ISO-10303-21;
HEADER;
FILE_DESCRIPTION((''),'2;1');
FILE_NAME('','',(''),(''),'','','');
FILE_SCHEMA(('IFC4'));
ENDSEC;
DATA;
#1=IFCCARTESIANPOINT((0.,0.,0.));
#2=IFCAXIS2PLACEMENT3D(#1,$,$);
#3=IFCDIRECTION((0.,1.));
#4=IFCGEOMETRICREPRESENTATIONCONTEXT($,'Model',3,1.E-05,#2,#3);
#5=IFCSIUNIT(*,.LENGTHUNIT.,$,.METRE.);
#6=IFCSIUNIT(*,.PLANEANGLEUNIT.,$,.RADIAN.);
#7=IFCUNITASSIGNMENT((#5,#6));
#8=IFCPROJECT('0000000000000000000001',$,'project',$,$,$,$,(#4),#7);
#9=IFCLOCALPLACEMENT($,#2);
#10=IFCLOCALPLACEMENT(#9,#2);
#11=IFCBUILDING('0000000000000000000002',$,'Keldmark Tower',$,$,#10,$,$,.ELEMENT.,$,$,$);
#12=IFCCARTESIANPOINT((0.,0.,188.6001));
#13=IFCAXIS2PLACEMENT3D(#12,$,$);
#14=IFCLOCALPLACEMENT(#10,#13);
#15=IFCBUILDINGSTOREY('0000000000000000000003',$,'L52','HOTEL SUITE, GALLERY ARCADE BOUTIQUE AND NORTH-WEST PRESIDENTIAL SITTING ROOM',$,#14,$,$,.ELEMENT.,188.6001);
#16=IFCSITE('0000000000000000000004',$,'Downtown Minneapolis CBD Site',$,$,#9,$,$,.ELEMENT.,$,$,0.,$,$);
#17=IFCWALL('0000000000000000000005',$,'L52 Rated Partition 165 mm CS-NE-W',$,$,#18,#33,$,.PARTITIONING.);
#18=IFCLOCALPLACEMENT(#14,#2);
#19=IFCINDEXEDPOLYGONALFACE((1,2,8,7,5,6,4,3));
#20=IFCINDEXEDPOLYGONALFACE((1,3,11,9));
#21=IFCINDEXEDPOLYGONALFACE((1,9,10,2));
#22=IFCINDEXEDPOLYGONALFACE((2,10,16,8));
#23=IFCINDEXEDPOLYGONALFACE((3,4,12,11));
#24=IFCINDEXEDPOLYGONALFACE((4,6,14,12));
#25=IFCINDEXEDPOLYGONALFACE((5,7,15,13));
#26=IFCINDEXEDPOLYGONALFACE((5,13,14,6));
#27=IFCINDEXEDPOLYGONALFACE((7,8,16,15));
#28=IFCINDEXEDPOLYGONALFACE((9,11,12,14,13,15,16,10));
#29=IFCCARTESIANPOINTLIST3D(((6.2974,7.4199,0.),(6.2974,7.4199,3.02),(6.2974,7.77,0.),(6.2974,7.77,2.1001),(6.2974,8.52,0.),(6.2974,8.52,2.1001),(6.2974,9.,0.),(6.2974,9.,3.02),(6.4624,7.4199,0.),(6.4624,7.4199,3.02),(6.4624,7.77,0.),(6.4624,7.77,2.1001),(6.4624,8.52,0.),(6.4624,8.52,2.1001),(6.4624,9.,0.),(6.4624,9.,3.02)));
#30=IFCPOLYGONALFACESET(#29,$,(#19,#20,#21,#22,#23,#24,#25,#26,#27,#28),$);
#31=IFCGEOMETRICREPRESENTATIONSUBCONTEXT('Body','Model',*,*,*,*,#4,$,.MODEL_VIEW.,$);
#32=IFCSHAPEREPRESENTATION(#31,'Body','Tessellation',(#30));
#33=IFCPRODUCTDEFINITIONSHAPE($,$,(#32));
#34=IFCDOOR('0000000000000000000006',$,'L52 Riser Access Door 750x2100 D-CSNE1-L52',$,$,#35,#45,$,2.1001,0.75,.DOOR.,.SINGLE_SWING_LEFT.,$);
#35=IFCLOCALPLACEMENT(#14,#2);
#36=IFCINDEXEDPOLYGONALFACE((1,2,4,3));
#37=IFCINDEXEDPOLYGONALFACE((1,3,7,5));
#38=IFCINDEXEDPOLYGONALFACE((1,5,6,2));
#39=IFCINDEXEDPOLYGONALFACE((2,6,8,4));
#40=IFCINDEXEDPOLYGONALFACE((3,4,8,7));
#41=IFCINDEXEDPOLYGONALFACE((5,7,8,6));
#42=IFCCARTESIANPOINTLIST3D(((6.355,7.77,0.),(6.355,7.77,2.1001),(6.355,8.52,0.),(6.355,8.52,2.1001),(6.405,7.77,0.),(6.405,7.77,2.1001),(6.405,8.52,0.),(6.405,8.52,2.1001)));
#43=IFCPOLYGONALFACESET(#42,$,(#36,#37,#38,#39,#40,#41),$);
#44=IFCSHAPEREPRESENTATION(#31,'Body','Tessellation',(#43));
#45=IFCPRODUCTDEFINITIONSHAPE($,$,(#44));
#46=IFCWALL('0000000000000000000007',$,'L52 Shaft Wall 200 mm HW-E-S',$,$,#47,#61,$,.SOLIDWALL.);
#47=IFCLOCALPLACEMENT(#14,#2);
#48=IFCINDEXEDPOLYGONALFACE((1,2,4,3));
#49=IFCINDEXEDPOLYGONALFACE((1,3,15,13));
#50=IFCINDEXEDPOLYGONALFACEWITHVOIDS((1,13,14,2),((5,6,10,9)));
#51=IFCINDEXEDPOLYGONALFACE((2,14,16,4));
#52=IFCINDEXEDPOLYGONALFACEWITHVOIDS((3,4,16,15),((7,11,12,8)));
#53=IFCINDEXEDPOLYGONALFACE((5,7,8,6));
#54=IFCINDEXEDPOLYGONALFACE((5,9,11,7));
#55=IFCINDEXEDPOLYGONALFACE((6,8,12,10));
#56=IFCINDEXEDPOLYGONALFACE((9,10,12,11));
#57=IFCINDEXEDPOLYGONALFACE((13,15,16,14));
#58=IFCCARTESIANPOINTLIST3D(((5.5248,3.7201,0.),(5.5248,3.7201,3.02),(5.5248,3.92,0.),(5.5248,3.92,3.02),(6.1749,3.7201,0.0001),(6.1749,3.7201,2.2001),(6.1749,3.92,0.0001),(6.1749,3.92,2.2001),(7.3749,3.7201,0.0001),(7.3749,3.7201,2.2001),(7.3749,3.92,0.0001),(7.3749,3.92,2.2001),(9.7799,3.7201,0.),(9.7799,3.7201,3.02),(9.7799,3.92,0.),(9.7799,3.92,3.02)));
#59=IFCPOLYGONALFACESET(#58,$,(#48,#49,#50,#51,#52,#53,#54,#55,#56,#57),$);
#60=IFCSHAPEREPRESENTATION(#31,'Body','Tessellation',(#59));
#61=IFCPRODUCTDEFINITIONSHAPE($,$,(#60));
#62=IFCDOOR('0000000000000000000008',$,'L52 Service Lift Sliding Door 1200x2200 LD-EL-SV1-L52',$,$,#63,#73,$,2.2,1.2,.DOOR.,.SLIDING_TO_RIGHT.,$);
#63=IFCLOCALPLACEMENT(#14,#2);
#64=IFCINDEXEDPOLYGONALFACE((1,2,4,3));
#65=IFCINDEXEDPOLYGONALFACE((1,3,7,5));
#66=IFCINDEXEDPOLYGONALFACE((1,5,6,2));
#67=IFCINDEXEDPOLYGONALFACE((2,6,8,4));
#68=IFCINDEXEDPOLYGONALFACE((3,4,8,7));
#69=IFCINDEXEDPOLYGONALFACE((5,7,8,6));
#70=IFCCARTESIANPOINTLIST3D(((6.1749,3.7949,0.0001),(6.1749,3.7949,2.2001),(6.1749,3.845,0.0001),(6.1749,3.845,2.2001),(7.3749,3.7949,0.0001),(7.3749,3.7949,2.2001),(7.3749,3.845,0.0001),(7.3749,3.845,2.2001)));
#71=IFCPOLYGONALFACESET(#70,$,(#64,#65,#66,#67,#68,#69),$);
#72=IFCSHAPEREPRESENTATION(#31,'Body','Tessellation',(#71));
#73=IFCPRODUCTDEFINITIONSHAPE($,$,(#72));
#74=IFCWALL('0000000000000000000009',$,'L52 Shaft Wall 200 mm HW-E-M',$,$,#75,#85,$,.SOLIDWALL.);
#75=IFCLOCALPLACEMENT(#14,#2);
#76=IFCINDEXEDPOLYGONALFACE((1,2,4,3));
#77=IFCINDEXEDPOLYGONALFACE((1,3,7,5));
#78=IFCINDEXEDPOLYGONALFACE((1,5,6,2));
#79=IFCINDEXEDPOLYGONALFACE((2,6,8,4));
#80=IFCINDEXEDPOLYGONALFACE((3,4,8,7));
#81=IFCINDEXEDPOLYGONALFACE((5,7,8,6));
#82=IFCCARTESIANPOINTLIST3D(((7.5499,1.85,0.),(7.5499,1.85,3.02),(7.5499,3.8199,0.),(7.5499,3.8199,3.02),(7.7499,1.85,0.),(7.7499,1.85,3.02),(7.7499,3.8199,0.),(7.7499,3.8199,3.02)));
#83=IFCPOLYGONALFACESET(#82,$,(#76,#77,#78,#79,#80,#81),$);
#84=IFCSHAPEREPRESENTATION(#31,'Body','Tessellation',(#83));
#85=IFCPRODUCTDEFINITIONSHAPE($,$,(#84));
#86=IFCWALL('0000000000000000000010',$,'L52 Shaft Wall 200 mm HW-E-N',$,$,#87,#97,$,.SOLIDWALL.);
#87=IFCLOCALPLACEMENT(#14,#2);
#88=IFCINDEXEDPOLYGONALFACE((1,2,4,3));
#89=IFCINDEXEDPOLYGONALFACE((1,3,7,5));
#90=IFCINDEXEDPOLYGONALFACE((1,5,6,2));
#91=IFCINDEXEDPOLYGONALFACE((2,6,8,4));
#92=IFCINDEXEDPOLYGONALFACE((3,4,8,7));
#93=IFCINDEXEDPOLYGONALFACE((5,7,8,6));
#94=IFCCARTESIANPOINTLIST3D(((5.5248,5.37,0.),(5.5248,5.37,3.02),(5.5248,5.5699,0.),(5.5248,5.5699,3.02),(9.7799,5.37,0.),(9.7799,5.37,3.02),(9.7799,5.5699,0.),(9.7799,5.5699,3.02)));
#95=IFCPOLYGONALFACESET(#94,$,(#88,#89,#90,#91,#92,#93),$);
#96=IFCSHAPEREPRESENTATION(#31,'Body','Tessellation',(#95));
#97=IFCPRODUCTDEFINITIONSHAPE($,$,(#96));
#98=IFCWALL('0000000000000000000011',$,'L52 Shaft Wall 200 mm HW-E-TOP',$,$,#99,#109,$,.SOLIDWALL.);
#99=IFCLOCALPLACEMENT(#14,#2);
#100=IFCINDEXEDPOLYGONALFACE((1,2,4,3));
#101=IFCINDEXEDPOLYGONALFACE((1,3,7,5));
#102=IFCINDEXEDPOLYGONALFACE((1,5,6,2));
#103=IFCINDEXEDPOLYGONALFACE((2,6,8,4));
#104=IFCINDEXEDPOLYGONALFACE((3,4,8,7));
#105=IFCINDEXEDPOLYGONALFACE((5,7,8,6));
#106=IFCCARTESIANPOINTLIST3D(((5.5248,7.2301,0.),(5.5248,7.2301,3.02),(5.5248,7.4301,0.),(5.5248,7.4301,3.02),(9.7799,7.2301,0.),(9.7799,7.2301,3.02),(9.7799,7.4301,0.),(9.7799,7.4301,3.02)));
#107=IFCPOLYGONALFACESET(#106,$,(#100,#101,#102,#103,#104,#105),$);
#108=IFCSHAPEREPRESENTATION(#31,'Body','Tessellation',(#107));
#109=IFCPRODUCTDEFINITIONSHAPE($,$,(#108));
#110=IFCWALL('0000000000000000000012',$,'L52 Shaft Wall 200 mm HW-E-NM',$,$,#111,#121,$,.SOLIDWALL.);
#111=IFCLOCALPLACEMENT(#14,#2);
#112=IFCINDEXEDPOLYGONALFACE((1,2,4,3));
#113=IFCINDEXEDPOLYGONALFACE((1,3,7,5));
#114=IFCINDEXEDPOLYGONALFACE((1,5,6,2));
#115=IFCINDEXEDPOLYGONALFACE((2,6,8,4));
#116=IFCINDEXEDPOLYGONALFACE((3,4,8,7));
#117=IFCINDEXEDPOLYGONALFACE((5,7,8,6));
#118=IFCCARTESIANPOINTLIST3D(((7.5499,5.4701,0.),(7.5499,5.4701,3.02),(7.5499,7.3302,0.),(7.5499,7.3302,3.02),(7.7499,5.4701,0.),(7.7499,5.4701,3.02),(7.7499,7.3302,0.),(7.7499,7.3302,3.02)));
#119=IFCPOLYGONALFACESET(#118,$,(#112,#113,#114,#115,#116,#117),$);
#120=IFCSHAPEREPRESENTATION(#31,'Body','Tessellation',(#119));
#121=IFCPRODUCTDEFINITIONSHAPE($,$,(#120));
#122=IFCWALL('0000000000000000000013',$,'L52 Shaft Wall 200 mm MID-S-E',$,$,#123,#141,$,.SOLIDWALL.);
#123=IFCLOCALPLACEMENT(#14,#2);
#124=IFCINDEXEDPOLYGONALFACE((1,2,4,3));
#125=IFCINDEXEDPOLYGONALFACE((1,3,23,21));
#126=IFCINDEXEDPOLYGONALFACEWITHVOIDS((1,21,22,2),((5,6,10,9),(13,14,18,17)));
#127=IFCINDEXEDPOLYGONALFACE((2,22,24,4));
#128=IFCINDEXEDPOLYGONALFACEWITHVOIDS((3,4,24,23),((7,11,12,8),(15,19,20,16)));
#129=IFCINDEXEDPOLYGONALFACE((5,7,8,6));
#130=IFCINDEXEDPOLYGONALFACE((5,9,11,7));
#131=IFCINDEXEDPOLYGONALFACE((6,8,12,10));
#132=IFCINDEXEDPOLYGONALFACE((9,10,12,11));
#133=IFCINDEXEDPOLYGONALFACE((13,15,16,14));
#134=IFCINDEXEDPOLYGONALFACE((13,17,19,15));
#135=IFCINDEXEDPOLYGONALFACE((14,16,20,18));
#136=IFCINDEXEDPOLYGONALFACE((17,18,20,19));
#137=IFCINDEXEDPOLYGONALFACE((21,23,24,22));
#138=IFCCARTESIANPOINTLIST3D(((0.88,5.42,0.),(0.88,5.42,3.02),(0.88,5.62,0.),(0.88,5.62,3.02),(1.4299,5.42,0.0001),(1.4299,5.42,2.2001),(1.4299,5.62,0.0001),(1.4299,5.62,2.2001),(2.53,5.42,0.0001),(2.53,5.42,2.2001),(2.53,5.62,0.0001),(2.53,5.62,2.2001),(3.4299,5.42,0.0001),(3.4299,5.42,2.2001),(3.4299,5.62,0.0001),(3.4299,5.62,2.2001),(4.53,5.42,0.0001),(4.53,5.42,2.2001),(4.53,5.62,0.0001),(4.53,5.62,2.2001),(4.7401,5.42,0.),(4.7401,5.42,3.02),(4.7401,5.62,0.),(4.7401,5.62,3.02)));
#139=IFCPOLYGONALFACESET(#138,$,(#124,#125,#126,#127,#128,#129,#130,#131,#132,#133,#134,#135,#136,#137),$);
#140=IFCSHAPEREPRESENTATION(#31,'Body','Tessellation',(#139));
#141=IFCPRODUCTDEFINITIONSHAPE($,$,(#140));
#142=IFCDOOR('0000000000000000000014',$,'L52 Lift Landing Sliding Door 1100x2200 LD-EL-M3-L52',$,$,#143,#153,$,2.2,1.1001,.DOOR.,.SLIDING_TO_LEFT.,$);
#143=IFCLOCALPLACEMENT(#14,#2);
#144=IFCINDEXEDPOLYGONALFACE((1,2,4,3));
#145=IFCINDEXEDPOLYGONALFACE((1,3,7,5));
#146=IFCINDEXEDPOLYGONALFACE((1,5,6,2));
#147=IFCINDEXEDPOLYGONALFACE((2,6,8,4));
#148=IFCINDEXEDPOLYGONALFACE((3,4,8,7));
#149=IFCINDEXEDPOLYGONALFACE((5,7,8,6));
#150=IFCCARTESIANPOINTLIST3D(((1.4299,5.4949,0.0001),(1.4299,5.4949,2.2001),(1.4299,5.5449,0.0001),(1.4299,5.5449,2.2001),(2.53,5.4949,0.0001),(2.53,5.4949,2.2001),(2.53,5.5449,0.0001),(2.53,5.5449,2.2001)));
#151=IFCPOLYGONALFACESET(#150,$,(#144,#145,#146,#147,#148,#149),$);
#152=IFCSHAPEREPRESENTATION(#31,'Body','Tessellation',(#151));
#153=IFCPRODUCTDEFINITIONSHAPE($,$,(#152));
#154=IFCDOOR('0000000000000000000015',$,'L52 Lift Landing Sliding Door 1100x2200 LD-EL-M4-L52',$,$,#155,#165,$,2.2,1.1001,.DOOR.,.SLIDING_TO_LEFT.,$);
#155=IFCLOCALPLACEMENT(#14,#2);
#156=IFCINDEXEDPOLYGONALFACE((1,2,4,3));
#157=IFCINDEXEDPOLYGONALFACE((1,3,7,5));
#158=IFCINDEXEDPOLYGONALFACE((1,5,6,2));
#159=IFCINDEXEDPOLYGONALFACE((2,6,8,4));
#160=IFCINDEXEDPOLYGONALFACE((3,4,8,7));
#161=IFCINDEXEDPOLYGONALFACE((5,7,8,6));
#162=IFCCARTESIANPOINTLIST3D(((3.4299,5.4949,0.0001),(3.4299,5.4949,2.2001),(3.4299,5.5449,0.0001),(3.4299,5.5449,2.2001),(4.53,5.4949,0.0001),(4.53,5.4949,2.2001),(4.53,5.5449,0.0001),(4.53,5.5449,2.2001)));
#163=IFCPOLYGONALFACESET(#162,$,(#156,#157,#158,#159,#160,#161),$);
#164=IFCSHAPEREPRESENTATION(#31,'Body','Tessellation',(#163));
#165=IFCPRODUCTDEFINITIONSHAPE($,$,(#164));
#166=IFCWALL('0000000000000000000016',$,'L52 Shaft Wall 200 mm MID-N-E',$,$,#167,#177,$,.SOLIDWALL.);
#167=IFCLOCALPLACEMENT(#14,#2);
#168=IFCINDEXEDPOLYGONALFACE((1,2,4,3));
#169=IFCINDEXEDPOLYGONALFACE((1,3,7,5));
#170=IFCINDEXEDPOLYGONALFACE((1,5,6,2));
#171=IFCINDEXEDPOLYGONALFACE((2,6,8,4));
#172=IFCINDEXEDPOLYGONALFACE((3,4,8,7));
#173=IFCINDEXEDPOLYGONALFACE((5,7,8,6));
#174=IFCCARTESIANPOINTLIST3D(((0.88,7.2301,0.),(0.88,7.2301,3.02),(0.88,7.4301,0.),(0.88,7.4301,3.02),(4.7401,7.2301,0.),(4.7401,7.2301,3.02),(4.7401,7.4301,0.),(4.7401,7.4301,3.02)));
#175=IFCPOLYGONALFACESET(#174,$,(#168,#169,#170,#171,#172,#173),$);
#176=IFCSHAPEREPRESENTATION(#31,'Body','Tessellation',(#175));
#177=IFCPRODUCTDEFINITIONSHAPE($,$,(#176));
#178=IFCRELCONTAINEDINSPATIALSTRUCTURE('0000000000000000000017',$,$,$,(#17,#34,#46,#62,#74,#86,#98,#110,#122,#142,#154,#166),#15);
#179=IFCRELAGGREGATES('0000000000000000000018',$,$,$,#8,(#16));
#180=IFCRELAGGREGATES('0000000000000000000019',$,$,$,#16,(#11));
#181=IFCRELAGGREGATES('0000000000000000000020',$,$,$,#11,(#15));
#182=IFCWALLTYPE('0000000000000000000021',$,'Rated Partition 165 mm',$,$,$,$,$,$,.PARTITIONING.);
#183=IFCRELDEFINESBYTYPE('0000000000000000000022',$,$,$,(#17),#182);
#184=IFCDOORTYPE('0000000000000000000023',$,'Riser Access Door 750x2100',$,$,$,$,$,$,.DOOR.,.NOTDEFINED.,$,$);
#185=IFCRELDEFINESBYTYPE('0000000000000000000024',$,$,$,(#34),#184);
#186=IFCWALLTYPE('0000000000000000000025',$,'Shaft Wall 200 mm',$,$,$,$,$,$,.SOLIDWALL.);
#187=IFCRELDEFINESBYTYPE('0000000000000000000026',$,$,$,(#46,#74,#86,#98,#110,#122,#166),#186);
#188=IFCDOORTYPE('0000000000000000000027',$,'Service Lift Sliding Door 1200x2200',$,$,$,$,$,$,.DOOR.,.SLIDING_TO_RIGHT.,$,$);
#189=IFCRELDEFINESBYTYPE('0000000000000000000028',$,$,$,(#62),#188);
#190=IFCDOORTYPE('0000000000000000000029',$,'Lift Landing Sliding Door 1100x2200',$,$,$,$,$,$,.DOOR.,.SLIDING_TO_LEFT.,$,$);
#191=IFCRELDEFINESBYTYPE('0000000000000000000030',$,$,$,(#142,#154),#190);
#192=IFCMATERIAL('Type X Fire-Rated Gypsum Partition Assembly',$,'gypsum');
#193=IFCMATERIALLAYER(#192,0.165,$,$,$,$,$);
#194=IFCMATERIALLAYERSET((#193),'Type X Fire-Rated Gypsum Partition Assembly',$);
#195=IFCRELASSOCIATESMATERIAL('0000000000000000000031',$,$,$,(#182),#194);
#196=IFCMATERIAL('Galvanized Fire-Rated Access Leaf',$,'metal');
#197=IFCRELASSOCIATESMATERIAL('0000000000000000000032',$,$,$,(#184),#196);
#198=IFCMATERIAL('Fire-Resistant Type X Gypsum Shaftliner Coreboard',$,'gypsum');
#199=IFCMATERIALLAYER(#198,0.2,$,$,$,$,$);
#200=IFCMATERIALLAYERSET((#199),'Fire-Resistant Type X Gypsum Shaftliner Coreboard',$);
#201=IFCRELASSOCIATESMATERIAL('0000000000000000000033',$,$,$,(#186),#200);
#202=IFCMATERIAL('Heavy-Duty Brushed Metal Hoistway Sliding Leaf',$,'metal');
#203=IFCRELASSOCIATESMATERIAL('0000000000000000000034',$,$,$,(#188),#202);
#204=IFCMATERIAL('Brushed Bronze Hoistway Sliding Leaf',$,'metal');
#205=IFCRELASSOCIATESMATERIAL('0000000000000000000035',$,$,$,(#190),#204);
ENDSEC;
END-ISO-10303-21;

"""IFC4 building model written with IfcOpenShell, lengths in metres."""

from ifc_helpers import new_model, si_unit, direction, frame, frame_2d, origin, place, context, subcontext, project, spatial, rectangle, extrude, material, layer, layer_set, type_object, element, fill, save


model = new_model("IFC4")

# Units and contexts
model_context = context("Model", 3, precision=1e-05, world=origin(), true_north=direction((0.0, 1.0)))
body_context = subcontext(model_context, "Body", "Model", "MODEL_VIEW")
ifc_project = project(units=[si_unit("LENGTHUNIT", "METRE"), si_unit("PLANEANGLEUNIT", "RADIAN")], contexts=[model_context])

# Site, building, storey
site_placement = place(None, origin())
site = spatial("IfcSite", under=ifc_project, at=site_placement, Name="Downtown Minneapolis CBD Site", CompositionType="ELEMENT", RefElevation=0.0)
building_placement = place(site_placement, origin())
building = spatial("IfcBuilding", under=site, at=building_placement, Name="Keldmark Tower", CompositionType="ELEMENT")
storey_placement = place(building_placement, frame((0.0, 0.0, 188.6001)))
storey = spatial("IfcBuildingStorey", under=building, at=storey_placement, Name="L52", Description="HOTEL SUITE, GALLERY ARCADE BOUTIQUE AND NORTH-WEST PRESIDENTIAL SITTING ROOM", CompositionType="ELEMENT", Elevation=188.6001)

# Shared definitions
ifc_material_1 = material(Name="Type X Fire-Rated Gypsum Partition Assembly", Category="gypsum")
ifc_layer_1 = layer(ifc_material_1, 0.165)
ifc_layer_set_1 = layer_set([ifc_layer_1], Name="Type X Fire-Rated Gypsum Partition Assembly")
wall_type_1 = type_object("IfcWallType", Name="Rated Partition 165 mm", PredefinedType="PARTITIONING", material=ifc_layer_set_1)

# Walls, openings, doors
wall_1_placement = place(storey_placement, frame((6.3799, 7.4199, 0.0), z_axis=(0.0, 0.0, 1.0), x_axis=(0.0, 1.0, 0.0)))
wall_1 = element("IfcWall", 1, at=wall_1_placement, inside=storey, type_object=wall_type_1, Name="L52 Rated Partition 165 mm CS-NE-W", PredefinedType="PARTITIONING", context=body_context, shape_type="SweptSolid", body=[
    extrude(rectangle(XDim=1.5801, YDim=0.165, at=frame_2d((0.79, 0.0))), origin(), (0.0, 0.0, 1.0), 3.02),
])
opening_1_placement = place(wall_1_placement, frame((0.3501, 0.0, 0.0)))
opening_1 = element("IfcOpeningElement", 2, at=opening_1_placement, cuts=wall_1, PredefinedType="OPENING", context=body_context, shape_type="SweptSolid", body=[
    extrude(rectangle(XDim=0.75, YDim=2.1001, at=frame_2d((0.375, 1.05))), frame((0.0, 0.0925, 0.0), z_axis=(0.0, -1.0, 0.0), x_axis=(1.0, 0.0, 0.0)), (0.0, 0.0, 1.0), 0.1851),
])
ifc_material_2 = material(Name="Galvanized Fire-Rated Access Leaf", Category="metal")
door_type_1 = type_object("IfcDoorType", Name="Riser Access Door 750x2100", OperationType="NOTDEFINED", PredefinedType="DOOR", material=ifc_material_2)
door_1_placement = place(opening_1_placement, origin())
door_1 = element("IfcDoor", 3, at=door_1_placement, inside=storey, type_object=door_type_1, Name="L52 Riser Access Door 750x2100 D-CSNE1-L52", OperationType="SINGLE_SWING_LEFT", OverallHeight=2.1001, OverallWidth=0.75, PredefinedType="DOOR", context=body_context, shape_type="SweptSolid", body=[
    extrude(rectangle(XDim=0.75, YDim=2.1001, at=frame_2d((0.375, 1.05))), frame((0.0, 0.0249, 0.0), z_axis=(0.0, -1.0, 0.0), x_axis=(1.0, 0.0, 0.0)), (0.0, 0.0, 1.0), 0.05),
])
fill(opening_1, door_1)
ifc_material_3 = material(Name="Fire-Resistant Type X Gypsum Shaftliner Coreboard", Category="gypsum")
ifc_layer_2 = layer(ifc_material_3, 0.2)
ifc_layer_set_2 = layer_set([ifc_layer_2], Name="Fire-Resistant Type X Gypsum Shaftliner Coreboard")
wall_type_2 = type_object("IfcWallType", Name="Shaft Wall 200 mm", PredefinedType="SOLIDWALL", material=ifc_layer_set_2)
wall_2_placement = place(storey_placement, frame((5.5249, 3.8201, 0.0), z_axis=(0.0, 0.0, 1.0), x_axis=(1.0, 0.0, 0.0)))
wall_2 = element("IfcWall", 4, at=wall_2_placement, inside=storey, type_object=wall_type_2, Name="L52 Shaft Wall 200 mm HW-E-S", PredefinedType="SOLIDWALL", context=body_context, shape_type="SweptSolid", body=[
    extrude(rectangle(XDim=4.2551, YDim=0.2, at=frame_2d((2.1274, 0.0))), origin(), (0.0, 0.0, 1.0), 3.02),
])
opening_2_placement = place(wall_2_placement, frame((0.6499, 0.0, 0.0)))
opening_2 = element("IfcOpeningElement", 5, at=opening_2_placement, cuts=wall_2, PredefinedType="OPENING", context=body_context, shape_type="SweptSolid", body=[
    extrude(rectangle(XDim=1.2, YDim=2.2, at=frame_2d((0.6001, 1.1001))), frame((0.0, 0.1099, 0.0), z_axis=(0.0, -1.0, 0.0), x_axis=(1.0, 0.0, 0.0)), (0.0, 0.0, 1.0), 0.22),
])
ifc_material_4 = material(Name="Heavy-Duty Brushed Metal Hoistway Sliding Leaf", Category="metal")
door_type_2 = type_object("IfcDoorType", Name="Service Lift Sliding Door 1200x2200", OperationType="SLIDING_TO_RIGHT", PredefinedType="DOOR", material=ifc_material_4)
door_2_placement = place(opening_2_placement, origin())
door_2 = element("IfcDoor", 6, at=door_2_placement, inside=storey, type_object=door_type_2, Name="L52 Service Lift Sliding Door 1200x2200 LD-EL-SV1-L52", OperationType="SLIDING_TO_RIGHT", OverallHeight=2.2, OverallWidth=1.2, PredefinedType="DOOR", context=body_context, shape_type="SweptSolid", body=[
    extrude(rectangle(XDim=1.2, YDim=2.2, at=frame_2d((0.6001, 1.1001))), frame((0.0, 0.0249, 0.0), z_axis=(0.0, -1.0, 0.0), x_axis=(1.0, 0.0, 0.0)), (0.0, 0.0, 1.0), 0.05),
])
fill(opening_2, door_2)

# Walls
wall_3_placement = place(storey_placement, frame((7.6499, 1.8501, 0.0), z_axis=(0.0, 0.0, 1.0), x_axis=(0.0, 1.0, 0.0)))
element("IfcWall", 7, at=wall_3_placement, inside=storey, type_object=wall_type_2, Name="L52 Shaft Wall 200 mm HW-E-M", PredefinedType="SOLIDWALL", context=body_context, shape_type="SweptSolid", body=[
    extrude(rectangle(XDim=1.97, YDim=0.2, at=frame_2d((0.9849, 0.0))), origin(), (0.0, 0.0, 1.0), 3.02),
])
for number, where, z_axis, x_axis, name in (
    (8, (5.5249, 5.47, 0.0), (0.0, 0.0, 1.0), (1.0, 0.0, 0.0), "L52 Shaft Wall 200 mm HW-E-N"),
    (9, (5.5249, 7.3301, 0.0), (0.0, 0.0, 1.0), (1.0, 0.0, 0.0), "L52 Shaft Wall 200 mm HW-E-TOP"),
):
    element("IfcWall", number, at=place(storey_placement, frame(where, z_axis=z_axis, x_axis=x_axis)), inside=storey, type_object=wall_type_2, Name=name, PredefinedType="SOLIDWALL", context=body_context, shape_type="SweptSolid", body=[
        extrude(rectangle(XDim=4.2551, YDim=0.2, at=frame_2d((2.1274, 0.0))), origin(), (0.0, 0.0, 1.0), 3.02),
    ])
wall_4_placement = place(storey_placement, frame((7.6499, 5.47, 0.0), z_axis=(0.0, 0.0, 1.0), x_axis=(0.0, 1.0, 0.0)))
element("IfcWall", 10, at=wall_4_placement, inside=storey, type_object=wall_type_2, Name="L52 Shaft Wall 200 mm HW-E-NM", PredefinedType="SOLIDWALL", context=body_context, shape_type="SweptSolid", body=[
    extrude(rectangle(XDim=1.8601, YDim=0.2, at=frame_2d((0.9302, 0.0))), origin(), (0.0, 0.0, 1.0), 3.02),
])

# Wall, openings, doors
wall_5_placement = place(storey_placement, frame((0.8799, 5.52, 0.0), z_axis=(0.0, 0.0, 1.0), x_axis=(1.0, 0.0, 0.0)))
wall_5 = element("IfcWall", 11, at=wall_5_placement, inside=storey, type_object=wall_type_2, Name="L52 Shaft Wall 200 mm MID-S-E", PredefinedType="SOLIDWALL", context=body_context, shape_type="SweptSolid", body=[
    extrude(rectangle(XDim=3.8601, YDim=0.2, at=frame_2d((1.9302, 0.0))), origin(), (0.0, 0.0, 1.0), 3.02),
])
opening_3_placement = place(wall_5_placement, frame((0.55, 0.0, 0.0)))
opening_3 = element("IfcOpeningElement", 12, at=opening_3_placement, cuts=wall_5, PredefinedType="OPENING", context=body_context, shape_type="SweptSolid", body=[
    extrude(rectangle(XDim=1.1001, YDim=2.2, at=frame_2d((0.55, 1.1001))), frame((0.0, 0.1099, 0.0), z_axis=(0.0, -1.0, 0.0), x_axis=(1.0, 0.0, 0.0)), (0.0, 0.0, 1.0), 0.22),
])
opening_4_placement = place(wall_5_placement, frame((2.55, 0.0, 0.0)))
opening_4 = element("IfcOpeningElement", 13, at=opening_4_placement, cuts=wall_5, PredefinedType="OPENING", context=body_context, shape_type="SweptSolid", body=[
    extrude(rectangle(XDim=1.1001, YDim=2.2, at=frame_2d((0.55, 1.1001))), frame((0.0, 0.1099, 0.0), z_axis=(0.0, -1.0, 0.0), x_axis=(1.0, 0.0, 0.0)), (0.0, 0.0, 1.0), 0.22),
])
ifc_material_5 = material(Name="Brushed Bronze Hoistway Sliding Leaf", Category="metal")
door_type_3 = type_object("IfcDoorType", Name="Lift Landing Sliding Door 1100x2200", OperationType="SLIDING_TO_LEFT", PredefinedType="DOOR", material=ifc_material_5)
door_3_placement = place(opening_3_placement, origin())
door_3 = element("IfcDoor", 14, at=door_3_placement, inside=storey, type_object=door_type_3, Name="L52 Lift Landing Sliding Door 1100x2200 LD-EL-M3-L52", OperationType="SLIDING_TO_LEFT", OverallHeight=2.2, OverallWidth=1.1001, PredefinedType="DOOR", context=body_context, shape_type="SweptSolid", body=[
    extrude(rectangle(XDim=1.1001, YDim=2.2, at=frame_2d((0.55, 1.1001))), frame((0.0, 0.0249, 0.0), z_axis=(0.0, -1.0, 0.0), x_axis=(1.0, 0.0, 0.0)), (0.0, 0.0, 1.0), 0.05),
])
fill(opening_3, door_3)
door_4_placement = place(opening_4_placement, origin())
door_4 = element("IfcDoor", 15, at=door_4_placement, inside=storey, type_object=door_type_3, Name="L52 Lift Landing Sliding Door 1100x2200 LD-EL-M4-L52", OperationType="SLIDING_TO_LEFT", OverallHeight=2.2, OverallWidth=1.1001, PredefinedType="DOOR", context=body_context, shape_type="SweptSolid", body=[
    extrude(rectangle(XDim=1.1001, YDim=2.2, at=frame_2d((0.55, 1.1001))), frame((0.0, 0.0249, 0.0), z_axis=(0.0, -1.0, 0.0), x_axis=(1.0, 0.0, 0.0)), (0.0, 0.0, 1.0), 0.05),
])
fill(opening_4, door_4)

# Wall
wall_6_placement = place(storey_placement, frame((0.8799, 7.3301, 0.0), z_axis=(0.0, 0.0, 1.0), x_axis=(1.0, 0.0, 0.0)))
element("IfcWall", 16, at=wall_6_placement, inside=storey, type_object=wall_type_2, Name="L52 Shaft Wall 200 mm MID-N-E", PredefinedType="SOLIDWALL", context=body_context, shape_type="SweptSolid", body=[
    extrude(rectangle(XDim=3.8601, YDim=0.2, at=frame_2d((1.9302, 0.0))), origin(), (0.0, 0.0, 1.0), 3.02),
])

save(model, "model.ifc")
